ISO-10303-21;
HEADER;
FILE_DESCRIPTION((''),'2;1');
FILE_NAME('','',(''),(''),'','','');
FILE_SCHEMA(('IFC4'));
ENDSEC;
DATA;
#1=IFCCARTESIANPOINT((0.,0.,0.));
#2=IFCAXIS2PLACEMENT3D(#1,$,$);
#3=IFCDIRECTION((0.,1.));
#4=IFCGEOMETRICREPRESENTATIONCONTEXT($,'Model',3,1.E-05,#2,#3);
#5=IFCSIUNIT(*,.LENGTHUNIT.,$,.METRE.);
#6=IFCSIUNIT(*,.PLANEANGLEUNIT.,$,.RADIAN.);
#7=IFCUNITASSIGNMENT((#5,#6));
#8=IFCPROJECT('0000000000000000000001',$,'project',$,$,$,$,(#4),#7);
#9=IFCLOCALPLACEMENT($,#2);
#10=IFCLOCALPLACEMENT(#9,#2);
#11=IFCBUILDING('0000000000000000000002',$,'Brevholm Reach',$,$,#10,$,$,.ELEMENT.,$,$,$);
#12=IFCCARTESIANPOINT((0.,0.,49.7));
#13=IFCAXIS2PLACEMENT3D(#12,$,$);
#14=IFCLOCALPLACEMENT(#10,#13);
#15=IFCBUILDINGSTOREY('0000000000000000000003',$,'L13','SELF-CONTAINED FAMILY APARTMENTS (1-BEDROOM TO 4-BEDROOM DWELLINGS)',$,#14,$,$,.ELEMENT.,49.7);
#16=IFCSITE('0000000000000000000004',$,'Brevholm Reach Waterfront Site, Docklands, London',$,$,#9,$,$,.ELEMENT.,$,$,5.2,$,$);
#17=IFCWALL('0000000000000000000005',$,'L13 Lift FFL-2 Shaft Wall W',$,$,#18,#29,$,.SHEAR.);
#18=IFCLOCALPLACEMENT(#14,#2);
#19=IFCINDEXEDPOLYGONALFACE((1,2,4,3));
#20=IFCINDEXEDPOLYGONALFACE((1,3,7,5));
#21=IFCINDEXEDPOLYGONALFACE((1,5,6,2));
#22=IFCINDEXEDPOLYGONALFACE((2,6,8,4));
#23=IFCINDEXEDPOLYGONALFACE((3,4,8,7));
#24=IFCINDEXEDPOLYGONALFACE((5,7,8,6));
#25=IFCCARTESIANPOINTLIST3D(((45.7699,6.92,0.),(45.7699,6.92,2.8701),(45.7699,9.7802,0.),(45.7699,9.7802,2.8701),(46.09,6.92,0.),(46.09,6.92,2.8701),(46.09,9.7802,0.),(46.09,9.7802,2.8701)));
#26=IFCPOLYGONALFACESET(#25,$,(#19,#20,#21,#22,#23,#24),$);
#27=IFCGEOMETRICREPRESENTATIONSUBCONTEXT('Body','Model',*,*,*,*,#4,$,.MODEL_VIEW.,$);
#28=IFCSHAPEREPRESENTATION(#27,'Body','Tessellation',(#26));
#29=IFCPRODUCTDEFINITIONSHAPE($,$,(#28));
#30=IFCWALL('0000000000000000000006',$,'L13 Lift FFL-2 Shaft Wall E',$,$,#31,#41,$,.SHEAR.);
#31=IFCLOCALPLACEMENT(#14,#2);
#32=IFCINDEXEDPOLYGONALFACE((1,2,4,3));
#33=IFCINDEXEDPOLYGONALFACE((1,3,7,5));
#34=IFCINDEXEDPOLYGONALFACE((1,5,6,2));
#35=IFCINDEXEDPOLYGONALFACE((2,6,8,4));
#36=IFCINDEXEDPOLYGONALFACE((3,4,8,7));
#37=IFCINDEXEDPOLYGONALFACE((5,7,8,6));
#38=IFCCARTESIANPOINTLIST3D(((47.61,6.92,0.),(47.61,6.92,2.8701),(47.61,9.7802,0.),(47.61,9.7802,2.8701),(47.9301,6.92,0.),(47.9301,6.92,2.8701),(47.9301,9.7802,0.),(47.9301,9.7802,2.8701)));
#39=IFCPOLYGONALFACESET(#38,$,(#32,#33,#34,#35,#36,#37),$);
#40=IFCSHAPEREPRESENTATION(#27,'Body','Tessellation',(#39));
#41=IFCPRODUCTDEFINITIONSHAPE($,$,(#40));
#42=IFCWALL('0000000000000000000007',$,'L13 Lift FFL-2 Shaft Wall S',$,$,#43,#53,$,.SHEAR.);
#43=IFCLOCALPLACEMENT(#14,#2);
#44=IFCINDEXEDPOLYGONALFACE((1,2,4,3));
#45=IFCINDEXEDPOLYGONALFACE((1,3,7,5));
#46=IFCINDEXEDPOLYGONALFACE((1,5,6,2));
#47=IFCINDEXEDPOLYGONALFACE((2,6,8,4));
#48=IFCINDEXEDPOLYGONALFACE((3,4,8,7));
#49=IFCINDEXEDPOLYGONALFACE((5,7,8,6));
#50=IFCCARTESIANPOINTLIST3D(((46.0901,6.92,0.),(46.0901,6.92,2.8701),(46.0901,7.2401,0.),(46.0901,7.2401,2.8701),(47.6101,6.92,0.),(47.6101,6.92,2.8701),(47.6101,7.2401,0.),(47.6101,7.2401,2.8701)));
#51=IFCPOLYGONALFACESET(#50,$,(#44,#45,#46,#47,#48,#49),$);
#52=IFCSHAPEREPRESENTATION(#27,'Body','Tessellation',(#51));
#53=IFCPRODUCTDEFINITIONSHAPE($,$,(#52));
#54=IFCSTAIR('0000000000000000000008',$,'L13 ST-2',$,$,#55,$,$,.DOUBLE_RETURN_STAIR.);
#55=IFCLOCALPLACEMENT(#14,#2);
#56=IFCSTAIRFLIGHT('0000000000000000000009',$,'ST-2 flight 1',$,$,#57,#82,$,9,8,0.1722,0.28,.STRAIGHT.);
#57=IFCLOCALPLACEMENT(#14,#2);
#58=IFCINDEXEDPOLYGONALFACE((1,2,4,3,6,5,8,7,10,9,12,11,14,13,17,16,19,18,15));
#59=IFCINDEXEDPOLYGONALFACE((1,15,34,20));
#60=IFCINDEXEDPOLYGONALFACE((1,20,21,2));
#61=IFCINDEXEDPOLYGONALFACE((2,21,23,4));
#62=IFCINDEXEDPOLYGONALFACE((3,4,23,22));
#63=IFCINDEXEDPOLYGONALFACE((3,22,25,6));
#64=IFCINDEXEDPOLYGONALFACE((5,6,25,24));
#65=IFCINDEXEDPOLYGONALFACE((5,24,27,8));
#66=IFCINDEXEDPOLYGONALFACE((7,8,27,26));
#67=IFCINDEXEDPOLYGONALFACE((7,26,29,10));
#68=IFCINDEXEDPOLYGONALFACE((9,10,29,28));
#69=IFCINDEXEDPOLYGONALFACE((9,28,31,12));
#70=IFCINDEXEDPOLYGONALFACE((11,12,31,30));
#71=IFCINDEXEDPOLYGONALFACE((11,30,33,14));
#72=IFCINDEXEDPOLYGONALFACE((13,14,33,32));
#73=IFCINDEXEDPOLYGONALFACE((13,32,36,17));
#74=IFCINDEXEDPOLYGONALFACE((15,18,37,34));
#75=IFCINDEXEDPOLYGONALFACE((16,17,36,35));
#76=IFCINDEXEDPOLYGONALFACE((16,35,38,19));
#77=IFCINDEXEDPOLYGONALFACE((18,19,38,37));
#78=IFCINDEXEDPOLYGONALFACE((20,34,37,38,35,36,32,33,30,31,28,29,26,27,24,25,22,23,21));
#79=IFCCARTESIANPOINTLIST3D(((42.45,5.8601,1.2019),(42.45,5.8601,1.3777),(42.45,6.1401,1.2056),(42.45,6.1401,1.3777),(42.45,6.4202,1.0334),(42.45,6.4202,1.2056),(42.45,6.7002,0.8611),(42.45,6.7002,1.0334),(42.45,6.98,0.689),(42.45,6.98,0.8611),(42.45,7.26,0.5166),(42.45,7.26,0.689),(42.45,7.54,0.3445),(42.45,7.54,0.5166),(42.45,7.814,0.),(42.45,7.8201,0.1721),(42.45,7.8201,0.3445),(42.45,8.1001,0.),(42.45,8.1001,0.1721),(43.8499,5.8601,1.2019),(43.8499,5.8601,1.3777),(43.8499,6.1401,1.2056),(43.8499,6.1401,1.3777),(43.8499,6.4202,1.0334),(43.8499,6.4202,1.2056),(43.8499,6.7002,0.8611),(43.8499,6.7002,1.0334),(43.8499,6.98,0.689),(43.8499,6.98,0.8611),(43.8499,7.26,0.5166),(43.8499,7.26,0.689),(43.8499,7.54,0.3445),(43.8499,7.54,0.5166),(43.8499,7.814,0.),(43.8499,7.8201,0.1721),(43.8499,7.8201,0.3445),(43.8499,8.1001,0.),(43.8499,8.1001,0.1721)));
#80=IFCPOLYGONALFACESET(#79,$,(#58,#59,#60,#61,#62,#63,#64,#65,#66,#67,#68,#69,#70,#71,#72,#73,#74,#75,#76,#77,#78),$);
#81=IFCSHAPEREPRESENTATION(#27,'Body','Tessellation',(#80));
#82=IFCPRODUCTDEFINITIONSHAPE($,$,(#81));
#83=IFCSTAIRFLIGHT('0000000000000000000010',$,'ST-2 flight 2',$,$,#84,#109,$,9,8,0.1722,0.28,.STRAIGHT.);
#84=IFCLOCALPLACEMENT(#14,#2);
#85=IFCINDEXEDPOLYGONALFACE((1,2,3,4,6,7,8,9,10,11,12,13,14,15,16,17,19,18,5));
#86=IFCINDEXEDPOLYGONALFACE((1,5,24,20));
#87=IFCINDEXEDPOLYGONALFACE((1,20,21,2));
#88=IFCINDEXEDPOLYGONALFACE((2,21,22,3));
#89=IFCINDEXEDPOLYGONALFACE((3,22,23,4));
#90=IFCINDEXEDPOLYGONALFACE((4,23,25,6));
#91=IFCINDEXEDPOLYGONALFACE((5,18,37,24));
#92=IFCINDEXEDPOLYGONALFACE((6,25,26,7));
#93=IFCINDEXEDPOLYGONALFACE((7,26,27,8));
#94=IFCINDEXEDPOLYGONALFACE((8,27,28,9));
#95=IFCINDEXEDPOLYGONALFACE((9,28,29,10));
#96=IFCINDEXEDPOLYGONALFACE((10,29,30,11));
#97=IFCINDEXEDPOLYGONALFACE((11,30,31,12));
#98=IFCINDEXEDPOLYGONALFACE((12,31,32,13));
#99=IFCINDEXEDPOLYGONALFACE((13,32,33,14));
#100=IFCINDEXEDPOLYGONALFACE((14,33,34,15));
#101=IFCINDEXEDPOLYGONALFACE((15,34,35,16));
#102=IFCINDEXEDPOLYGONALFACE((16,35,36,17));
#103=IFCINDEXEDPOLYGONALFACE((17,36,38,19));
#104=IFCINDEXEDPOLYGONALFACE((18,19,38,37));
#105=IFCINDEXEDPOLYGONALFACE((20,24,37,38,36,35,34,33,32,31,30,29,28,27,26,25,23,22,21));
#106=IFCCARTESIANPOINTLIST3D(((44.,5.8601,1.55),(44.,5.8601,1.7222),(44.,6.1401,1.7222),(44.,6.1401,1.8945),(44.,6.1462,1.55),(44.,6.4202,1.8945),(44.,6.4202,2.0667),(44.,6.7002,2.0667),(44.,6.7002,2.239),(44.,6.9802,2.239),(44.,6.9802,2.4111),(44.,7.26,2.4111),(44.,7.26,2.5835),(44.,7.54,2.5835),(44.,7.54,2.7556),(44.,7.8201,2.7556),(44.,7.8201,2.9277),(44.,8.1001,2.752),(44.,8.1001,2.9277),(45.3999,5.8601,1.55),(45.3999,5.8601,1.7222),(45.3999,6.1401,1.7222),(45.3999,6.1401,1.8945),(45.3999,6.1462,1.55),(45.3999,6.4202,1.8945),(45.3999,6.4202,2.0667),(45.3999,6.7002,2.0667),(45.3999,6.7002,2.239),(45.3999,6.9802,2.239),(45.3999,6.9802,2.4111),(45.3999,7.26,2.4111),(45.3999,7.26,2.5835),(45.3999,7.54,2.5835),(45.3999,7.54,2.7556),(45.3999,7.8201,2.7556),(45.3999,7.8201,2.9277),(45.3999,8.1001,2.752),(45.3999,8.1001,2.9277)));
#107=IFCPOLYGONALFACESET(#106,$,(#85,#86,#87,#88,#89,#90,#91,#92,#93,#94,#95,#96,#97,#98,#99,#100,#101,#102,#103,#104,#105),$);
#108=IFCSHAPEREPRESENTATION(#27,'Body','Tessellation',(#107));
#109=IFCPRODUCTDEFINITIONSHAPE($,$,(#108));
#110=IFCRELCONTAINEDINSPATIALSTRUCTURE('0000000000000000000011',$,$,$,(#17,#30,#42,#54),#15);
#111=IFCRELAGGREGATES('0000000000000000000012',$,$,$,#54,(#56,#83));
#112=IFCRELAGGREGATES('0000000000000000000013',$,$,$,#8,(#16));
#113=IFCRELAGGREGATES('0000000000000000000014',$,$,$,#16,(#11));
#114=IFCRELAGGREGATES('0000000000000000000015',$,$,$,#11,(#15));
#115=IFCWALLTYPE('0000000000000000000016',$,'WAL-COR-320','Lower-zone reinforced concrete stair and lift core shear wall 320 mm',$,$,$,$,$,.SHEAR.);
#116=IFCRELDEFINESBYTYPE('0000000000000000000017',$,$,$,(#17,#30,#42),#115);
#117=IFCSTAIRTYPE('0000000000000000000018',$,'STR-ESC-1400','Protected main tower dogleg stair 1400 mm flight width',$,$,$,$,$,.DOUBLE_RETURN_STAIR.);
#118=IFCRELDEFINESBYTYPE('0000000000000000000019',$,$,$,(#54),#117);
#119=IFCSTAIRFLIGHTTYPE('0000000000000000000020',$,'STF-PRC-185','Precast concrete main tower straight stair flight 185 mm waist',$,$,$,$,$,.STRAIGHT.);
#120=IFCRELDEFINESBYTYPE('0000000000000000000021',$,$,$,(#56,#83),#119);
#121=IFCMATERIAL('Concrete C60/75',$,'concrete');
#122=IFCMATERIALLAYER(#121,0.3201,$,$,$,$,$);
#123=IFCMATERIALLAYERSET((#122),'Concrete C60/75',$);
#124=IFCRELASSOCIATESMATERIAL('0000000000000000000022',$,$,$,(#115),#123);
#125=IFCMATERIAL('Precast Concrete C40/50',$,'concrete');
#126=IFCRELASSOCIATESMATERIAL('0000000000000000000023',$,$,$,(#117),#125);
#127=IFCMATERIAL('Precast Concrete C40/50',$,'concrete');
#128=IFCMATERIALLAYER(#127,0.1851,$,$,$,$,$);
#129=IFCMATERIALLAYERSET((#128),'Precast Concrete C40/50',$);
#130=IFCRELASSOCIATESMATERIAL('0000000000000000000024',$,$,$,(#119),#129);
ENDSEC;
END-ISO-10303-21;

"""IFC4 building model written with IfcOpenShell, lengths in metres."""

from ifc_helpers import new_model, si_unit, direction, frame, frame_2d, origin, place, context, subcontext, project, spatial, polyline, rectangle, outline, extrude, material, layer, layer_set, type_object, element, aggregate, save


model = new_model("IFC4")

# Units and contexts
model_context = context("Model", 3, precision=1e-05, world=origin(), true_north=direction((0.0, 1.0)))
body_context = subcontext(model_context, "Body", "Model", "MODEL_VIEW")
ifc_project = project(units=[si_unit("LENGTHUNIT", "METRE"), si_unit("PLANEANGLEUNIT", "RADIAN")], contexts=[model_context])

# Site, building, storey
site_placement = place(None, origin())
site = spatial("IfcSite", under=ifc_project, at=site_placement, Name="Brevholm Reach Waterfront Site, Docklands, London", CompositionType="ELEMENT", RefElevation=5.2)
building_placement = place(site_placement, origin())
building = spatial("IfcBuilding", under=site, at=building_placement, Name="Brevholm Reach", CompositionType="ELEMENT")
storey_placement = place(building_placement, frame((0.0, 0.0, 49.7)))
storey = spatial("IfcBuildingStorey", under=building, at=storey_placement, Name="L13", Description="SELF-CONTAINED FAMILY APARTMENTS (1-BEDROOM TO 4-BEDROOM DWELLINGS)", CompositionType="ELEMENT", Elevation=49.7)

# Walls
ifc_material_1 = material(Name="Concrete C60/75", Category="concrete")
ifc_layer_1 = layer(ifc_material_1, 0.3201)
ifc_layer_set_1 = layer_set([ifc_layer_1], Name="Concrete C60/75")
wall_type = type_object("IfcWallType", Name="WAL-COR-320", Description="Lower-zone reinforced concrete stair and lift core shear wall 320 mm", PredefinedType="SHEAR", material=ifc_layer_set_1)
for number, where, z_axis, x_axis, name in (
    (1, (45.9299, 6.9199, 0.0), (0.0, 0.0, 1.0), (0.0, 1.0, 0.0), "L13 Lift FFL-2 Shaft Wall W"),
    (2, (47.77, 6.9199, 0.0), (0.0, 0.0, 1.0), (0.0, 1.0, 0.0), "L13 Lift FFL-2 Shaft Wall E"),
):
    element("IfcWall", number, at=place(storey_placement, frame(where, z_axis=z_axis, x_axis=x_axis)), inside=storey, type_object=wall_type, Name=name, PredefinedType="SHEAR", context=body_context, shape_type="SweptSolid", body=[
        extrude(rectangle(XDim=2.8601, YDim=0.3201, at=frame_2d((1.4302, 0.0))), origin(), (0.0, 0.0, 1.0), 2.8701),
    ])
wall_1_placement = place(storey_placement, frame((46.0901, 7.0801, 0.0), z_axis=(0.0, 0.0, 1.0), x_axis=(1.0, 0.0, 0.0)))
element("IfcWall", 3, at=wall_1_placement, inside=storey, type_object=wall_type, Name="L13 Lift FFL-2 Shaft Wall S", PredefinedType="SHEAR", context=body_context, shape_type="SweptSolid", body=[
    extrude(rectangle(XDim=1.52, YDim=0.3201, at=frame_2d((0.76, 0.0))), origin(), (0.0, 0.0, 1.0), 2.8701),
])

# Stair, stair flights
ifc_material_2 = material(Name="Precast Concrete C40/50", Category="concrete")
stair_type = type_object("IfcStairType", Name="STR-ESC-1400", Description="Protected main tower dogleg stair 1400 mm flight width", PredefinedType="DOUBLE_RETURN_STAIR", material=ifc_material_2)
stair_placement = place(storey_placement, origin())
stair = element("IfcStair", 4, at=stair_placement, inside=storey, type_object=stair_type, Name="L13 ST-2", PredefinedType="DOUBLE_RETURN_STAIR")
ifc_material_3 = material(Name="Precast Concrete C40/50", Category="concrete")
ifc_layer_2 = layer(ifc_material_3, 0.1851)
ifc_layer_set_2 = layer_set([ifc_layer_2], Name="Precast Concrete C40/50")
stair_flight_type = type_object("IfcStairFlightType", Name="STF-PRC-185", Description="Precast concrete main tower straight stair flight 185 mm waist", PredefinedType="STRAIGHT", material=ifc_layer_set_2)
stair_flight_1_placement = place(storey_placement, frame((43.1499, 8.1001, 0.0), z_axis=(0.0, 0.0, 1.0), x_axis=(0.0, -1.0, 0.0)))
stair_flight_1 = element("IfcStairFlight", 5, at=stair_flight_1_placement, type_object=stair_flight_type, Name="ST-2 flight 1", NumberOfRisers=9, NumberOfTreads=8, PredefinedType="STRAIGHT", RiserHeight=0.1722, TreadLength=0.28, context=body_context, shape_type="SweptSolid", body=[
    extrude(outline(polyline([(0.0, 0.0), (0.0, 0.1721), (0.28, 0.1721), (0.28, 0.3445), (0.5601, 0.3445), (0.5601, 0.5166), (0.8401, 0.5166), (0.8401, 0.689), (1.1201, 0.689), (1.1201, 0.8611), (1.3999, 0.8611), (1.3999, 1.0334), (1.6799, 1.0334), (1.6799, 1.2056), (1.96, 1.2056), (1.96, 1.3777), (2.24, 1.3777), (2.24, 1.55), (2.24, 1.2019), (0.2861, 0.0), (0.0, 0.0)])), frame((0.0, 0.7, 0.0), z_axis=(0.0, -1.0, 0.0), x_axis=(1.0, 0.0, 0.0)), (0.0, 0.0, 1.0), 1.3999),
])
stair_flight_2_placement = place(storey_placement, frame((44.7, 5.8601, 1.55), z_axis=(0.0, 0.0, 1.0), x_axis=(0.0, 1.0, 0.0)))
stair_flight_2 = element("IfcStairFlight", 6, at=stair_flight_2_placement, type_object=stair_flight_type, Name="ST-2 flight 2", NumberOfRisers=9, NumberOfTreads=8, PredefinedType="STRAIGHT", RiserHeight=0.1722, TreadLength=0.28, context=body_context, shape_type="SweptSolid", body=[
    extrude(outline(polyline([(0.0, 0.0), (0.0, 0.1721), (0.28, 0.1721), (0.28, 0.3445), (0.5601, 0.3445), (0.5601, 0.5166), (0.8401, 0.5166), (0.8401, 0.689), (1.1201, 0.689), (1.1201, 0.8611), (1.3999, 0.8611), (1.3999, 1.0334), (1.6799, 1.0334), (1.6799, 1.2056), (1.96, 1.2056), (1.96, 1.3777), (2.24, 1.3777), (2.24, 1.55), (2.24, 1.2019), (0.2861, 0.0), (0.0, 0.0)])), frame((0.0, 0.7, 0.0), z_axis=(0.0, -1.0, 0.0), x_axis=(1.0, 0.0, 0.0)), (0.0, 0.0, 1.0), 1.3999),
])
aggregate(stair, [stair_flight_1, stair_flight_2])

save(model, "model.ifc")
